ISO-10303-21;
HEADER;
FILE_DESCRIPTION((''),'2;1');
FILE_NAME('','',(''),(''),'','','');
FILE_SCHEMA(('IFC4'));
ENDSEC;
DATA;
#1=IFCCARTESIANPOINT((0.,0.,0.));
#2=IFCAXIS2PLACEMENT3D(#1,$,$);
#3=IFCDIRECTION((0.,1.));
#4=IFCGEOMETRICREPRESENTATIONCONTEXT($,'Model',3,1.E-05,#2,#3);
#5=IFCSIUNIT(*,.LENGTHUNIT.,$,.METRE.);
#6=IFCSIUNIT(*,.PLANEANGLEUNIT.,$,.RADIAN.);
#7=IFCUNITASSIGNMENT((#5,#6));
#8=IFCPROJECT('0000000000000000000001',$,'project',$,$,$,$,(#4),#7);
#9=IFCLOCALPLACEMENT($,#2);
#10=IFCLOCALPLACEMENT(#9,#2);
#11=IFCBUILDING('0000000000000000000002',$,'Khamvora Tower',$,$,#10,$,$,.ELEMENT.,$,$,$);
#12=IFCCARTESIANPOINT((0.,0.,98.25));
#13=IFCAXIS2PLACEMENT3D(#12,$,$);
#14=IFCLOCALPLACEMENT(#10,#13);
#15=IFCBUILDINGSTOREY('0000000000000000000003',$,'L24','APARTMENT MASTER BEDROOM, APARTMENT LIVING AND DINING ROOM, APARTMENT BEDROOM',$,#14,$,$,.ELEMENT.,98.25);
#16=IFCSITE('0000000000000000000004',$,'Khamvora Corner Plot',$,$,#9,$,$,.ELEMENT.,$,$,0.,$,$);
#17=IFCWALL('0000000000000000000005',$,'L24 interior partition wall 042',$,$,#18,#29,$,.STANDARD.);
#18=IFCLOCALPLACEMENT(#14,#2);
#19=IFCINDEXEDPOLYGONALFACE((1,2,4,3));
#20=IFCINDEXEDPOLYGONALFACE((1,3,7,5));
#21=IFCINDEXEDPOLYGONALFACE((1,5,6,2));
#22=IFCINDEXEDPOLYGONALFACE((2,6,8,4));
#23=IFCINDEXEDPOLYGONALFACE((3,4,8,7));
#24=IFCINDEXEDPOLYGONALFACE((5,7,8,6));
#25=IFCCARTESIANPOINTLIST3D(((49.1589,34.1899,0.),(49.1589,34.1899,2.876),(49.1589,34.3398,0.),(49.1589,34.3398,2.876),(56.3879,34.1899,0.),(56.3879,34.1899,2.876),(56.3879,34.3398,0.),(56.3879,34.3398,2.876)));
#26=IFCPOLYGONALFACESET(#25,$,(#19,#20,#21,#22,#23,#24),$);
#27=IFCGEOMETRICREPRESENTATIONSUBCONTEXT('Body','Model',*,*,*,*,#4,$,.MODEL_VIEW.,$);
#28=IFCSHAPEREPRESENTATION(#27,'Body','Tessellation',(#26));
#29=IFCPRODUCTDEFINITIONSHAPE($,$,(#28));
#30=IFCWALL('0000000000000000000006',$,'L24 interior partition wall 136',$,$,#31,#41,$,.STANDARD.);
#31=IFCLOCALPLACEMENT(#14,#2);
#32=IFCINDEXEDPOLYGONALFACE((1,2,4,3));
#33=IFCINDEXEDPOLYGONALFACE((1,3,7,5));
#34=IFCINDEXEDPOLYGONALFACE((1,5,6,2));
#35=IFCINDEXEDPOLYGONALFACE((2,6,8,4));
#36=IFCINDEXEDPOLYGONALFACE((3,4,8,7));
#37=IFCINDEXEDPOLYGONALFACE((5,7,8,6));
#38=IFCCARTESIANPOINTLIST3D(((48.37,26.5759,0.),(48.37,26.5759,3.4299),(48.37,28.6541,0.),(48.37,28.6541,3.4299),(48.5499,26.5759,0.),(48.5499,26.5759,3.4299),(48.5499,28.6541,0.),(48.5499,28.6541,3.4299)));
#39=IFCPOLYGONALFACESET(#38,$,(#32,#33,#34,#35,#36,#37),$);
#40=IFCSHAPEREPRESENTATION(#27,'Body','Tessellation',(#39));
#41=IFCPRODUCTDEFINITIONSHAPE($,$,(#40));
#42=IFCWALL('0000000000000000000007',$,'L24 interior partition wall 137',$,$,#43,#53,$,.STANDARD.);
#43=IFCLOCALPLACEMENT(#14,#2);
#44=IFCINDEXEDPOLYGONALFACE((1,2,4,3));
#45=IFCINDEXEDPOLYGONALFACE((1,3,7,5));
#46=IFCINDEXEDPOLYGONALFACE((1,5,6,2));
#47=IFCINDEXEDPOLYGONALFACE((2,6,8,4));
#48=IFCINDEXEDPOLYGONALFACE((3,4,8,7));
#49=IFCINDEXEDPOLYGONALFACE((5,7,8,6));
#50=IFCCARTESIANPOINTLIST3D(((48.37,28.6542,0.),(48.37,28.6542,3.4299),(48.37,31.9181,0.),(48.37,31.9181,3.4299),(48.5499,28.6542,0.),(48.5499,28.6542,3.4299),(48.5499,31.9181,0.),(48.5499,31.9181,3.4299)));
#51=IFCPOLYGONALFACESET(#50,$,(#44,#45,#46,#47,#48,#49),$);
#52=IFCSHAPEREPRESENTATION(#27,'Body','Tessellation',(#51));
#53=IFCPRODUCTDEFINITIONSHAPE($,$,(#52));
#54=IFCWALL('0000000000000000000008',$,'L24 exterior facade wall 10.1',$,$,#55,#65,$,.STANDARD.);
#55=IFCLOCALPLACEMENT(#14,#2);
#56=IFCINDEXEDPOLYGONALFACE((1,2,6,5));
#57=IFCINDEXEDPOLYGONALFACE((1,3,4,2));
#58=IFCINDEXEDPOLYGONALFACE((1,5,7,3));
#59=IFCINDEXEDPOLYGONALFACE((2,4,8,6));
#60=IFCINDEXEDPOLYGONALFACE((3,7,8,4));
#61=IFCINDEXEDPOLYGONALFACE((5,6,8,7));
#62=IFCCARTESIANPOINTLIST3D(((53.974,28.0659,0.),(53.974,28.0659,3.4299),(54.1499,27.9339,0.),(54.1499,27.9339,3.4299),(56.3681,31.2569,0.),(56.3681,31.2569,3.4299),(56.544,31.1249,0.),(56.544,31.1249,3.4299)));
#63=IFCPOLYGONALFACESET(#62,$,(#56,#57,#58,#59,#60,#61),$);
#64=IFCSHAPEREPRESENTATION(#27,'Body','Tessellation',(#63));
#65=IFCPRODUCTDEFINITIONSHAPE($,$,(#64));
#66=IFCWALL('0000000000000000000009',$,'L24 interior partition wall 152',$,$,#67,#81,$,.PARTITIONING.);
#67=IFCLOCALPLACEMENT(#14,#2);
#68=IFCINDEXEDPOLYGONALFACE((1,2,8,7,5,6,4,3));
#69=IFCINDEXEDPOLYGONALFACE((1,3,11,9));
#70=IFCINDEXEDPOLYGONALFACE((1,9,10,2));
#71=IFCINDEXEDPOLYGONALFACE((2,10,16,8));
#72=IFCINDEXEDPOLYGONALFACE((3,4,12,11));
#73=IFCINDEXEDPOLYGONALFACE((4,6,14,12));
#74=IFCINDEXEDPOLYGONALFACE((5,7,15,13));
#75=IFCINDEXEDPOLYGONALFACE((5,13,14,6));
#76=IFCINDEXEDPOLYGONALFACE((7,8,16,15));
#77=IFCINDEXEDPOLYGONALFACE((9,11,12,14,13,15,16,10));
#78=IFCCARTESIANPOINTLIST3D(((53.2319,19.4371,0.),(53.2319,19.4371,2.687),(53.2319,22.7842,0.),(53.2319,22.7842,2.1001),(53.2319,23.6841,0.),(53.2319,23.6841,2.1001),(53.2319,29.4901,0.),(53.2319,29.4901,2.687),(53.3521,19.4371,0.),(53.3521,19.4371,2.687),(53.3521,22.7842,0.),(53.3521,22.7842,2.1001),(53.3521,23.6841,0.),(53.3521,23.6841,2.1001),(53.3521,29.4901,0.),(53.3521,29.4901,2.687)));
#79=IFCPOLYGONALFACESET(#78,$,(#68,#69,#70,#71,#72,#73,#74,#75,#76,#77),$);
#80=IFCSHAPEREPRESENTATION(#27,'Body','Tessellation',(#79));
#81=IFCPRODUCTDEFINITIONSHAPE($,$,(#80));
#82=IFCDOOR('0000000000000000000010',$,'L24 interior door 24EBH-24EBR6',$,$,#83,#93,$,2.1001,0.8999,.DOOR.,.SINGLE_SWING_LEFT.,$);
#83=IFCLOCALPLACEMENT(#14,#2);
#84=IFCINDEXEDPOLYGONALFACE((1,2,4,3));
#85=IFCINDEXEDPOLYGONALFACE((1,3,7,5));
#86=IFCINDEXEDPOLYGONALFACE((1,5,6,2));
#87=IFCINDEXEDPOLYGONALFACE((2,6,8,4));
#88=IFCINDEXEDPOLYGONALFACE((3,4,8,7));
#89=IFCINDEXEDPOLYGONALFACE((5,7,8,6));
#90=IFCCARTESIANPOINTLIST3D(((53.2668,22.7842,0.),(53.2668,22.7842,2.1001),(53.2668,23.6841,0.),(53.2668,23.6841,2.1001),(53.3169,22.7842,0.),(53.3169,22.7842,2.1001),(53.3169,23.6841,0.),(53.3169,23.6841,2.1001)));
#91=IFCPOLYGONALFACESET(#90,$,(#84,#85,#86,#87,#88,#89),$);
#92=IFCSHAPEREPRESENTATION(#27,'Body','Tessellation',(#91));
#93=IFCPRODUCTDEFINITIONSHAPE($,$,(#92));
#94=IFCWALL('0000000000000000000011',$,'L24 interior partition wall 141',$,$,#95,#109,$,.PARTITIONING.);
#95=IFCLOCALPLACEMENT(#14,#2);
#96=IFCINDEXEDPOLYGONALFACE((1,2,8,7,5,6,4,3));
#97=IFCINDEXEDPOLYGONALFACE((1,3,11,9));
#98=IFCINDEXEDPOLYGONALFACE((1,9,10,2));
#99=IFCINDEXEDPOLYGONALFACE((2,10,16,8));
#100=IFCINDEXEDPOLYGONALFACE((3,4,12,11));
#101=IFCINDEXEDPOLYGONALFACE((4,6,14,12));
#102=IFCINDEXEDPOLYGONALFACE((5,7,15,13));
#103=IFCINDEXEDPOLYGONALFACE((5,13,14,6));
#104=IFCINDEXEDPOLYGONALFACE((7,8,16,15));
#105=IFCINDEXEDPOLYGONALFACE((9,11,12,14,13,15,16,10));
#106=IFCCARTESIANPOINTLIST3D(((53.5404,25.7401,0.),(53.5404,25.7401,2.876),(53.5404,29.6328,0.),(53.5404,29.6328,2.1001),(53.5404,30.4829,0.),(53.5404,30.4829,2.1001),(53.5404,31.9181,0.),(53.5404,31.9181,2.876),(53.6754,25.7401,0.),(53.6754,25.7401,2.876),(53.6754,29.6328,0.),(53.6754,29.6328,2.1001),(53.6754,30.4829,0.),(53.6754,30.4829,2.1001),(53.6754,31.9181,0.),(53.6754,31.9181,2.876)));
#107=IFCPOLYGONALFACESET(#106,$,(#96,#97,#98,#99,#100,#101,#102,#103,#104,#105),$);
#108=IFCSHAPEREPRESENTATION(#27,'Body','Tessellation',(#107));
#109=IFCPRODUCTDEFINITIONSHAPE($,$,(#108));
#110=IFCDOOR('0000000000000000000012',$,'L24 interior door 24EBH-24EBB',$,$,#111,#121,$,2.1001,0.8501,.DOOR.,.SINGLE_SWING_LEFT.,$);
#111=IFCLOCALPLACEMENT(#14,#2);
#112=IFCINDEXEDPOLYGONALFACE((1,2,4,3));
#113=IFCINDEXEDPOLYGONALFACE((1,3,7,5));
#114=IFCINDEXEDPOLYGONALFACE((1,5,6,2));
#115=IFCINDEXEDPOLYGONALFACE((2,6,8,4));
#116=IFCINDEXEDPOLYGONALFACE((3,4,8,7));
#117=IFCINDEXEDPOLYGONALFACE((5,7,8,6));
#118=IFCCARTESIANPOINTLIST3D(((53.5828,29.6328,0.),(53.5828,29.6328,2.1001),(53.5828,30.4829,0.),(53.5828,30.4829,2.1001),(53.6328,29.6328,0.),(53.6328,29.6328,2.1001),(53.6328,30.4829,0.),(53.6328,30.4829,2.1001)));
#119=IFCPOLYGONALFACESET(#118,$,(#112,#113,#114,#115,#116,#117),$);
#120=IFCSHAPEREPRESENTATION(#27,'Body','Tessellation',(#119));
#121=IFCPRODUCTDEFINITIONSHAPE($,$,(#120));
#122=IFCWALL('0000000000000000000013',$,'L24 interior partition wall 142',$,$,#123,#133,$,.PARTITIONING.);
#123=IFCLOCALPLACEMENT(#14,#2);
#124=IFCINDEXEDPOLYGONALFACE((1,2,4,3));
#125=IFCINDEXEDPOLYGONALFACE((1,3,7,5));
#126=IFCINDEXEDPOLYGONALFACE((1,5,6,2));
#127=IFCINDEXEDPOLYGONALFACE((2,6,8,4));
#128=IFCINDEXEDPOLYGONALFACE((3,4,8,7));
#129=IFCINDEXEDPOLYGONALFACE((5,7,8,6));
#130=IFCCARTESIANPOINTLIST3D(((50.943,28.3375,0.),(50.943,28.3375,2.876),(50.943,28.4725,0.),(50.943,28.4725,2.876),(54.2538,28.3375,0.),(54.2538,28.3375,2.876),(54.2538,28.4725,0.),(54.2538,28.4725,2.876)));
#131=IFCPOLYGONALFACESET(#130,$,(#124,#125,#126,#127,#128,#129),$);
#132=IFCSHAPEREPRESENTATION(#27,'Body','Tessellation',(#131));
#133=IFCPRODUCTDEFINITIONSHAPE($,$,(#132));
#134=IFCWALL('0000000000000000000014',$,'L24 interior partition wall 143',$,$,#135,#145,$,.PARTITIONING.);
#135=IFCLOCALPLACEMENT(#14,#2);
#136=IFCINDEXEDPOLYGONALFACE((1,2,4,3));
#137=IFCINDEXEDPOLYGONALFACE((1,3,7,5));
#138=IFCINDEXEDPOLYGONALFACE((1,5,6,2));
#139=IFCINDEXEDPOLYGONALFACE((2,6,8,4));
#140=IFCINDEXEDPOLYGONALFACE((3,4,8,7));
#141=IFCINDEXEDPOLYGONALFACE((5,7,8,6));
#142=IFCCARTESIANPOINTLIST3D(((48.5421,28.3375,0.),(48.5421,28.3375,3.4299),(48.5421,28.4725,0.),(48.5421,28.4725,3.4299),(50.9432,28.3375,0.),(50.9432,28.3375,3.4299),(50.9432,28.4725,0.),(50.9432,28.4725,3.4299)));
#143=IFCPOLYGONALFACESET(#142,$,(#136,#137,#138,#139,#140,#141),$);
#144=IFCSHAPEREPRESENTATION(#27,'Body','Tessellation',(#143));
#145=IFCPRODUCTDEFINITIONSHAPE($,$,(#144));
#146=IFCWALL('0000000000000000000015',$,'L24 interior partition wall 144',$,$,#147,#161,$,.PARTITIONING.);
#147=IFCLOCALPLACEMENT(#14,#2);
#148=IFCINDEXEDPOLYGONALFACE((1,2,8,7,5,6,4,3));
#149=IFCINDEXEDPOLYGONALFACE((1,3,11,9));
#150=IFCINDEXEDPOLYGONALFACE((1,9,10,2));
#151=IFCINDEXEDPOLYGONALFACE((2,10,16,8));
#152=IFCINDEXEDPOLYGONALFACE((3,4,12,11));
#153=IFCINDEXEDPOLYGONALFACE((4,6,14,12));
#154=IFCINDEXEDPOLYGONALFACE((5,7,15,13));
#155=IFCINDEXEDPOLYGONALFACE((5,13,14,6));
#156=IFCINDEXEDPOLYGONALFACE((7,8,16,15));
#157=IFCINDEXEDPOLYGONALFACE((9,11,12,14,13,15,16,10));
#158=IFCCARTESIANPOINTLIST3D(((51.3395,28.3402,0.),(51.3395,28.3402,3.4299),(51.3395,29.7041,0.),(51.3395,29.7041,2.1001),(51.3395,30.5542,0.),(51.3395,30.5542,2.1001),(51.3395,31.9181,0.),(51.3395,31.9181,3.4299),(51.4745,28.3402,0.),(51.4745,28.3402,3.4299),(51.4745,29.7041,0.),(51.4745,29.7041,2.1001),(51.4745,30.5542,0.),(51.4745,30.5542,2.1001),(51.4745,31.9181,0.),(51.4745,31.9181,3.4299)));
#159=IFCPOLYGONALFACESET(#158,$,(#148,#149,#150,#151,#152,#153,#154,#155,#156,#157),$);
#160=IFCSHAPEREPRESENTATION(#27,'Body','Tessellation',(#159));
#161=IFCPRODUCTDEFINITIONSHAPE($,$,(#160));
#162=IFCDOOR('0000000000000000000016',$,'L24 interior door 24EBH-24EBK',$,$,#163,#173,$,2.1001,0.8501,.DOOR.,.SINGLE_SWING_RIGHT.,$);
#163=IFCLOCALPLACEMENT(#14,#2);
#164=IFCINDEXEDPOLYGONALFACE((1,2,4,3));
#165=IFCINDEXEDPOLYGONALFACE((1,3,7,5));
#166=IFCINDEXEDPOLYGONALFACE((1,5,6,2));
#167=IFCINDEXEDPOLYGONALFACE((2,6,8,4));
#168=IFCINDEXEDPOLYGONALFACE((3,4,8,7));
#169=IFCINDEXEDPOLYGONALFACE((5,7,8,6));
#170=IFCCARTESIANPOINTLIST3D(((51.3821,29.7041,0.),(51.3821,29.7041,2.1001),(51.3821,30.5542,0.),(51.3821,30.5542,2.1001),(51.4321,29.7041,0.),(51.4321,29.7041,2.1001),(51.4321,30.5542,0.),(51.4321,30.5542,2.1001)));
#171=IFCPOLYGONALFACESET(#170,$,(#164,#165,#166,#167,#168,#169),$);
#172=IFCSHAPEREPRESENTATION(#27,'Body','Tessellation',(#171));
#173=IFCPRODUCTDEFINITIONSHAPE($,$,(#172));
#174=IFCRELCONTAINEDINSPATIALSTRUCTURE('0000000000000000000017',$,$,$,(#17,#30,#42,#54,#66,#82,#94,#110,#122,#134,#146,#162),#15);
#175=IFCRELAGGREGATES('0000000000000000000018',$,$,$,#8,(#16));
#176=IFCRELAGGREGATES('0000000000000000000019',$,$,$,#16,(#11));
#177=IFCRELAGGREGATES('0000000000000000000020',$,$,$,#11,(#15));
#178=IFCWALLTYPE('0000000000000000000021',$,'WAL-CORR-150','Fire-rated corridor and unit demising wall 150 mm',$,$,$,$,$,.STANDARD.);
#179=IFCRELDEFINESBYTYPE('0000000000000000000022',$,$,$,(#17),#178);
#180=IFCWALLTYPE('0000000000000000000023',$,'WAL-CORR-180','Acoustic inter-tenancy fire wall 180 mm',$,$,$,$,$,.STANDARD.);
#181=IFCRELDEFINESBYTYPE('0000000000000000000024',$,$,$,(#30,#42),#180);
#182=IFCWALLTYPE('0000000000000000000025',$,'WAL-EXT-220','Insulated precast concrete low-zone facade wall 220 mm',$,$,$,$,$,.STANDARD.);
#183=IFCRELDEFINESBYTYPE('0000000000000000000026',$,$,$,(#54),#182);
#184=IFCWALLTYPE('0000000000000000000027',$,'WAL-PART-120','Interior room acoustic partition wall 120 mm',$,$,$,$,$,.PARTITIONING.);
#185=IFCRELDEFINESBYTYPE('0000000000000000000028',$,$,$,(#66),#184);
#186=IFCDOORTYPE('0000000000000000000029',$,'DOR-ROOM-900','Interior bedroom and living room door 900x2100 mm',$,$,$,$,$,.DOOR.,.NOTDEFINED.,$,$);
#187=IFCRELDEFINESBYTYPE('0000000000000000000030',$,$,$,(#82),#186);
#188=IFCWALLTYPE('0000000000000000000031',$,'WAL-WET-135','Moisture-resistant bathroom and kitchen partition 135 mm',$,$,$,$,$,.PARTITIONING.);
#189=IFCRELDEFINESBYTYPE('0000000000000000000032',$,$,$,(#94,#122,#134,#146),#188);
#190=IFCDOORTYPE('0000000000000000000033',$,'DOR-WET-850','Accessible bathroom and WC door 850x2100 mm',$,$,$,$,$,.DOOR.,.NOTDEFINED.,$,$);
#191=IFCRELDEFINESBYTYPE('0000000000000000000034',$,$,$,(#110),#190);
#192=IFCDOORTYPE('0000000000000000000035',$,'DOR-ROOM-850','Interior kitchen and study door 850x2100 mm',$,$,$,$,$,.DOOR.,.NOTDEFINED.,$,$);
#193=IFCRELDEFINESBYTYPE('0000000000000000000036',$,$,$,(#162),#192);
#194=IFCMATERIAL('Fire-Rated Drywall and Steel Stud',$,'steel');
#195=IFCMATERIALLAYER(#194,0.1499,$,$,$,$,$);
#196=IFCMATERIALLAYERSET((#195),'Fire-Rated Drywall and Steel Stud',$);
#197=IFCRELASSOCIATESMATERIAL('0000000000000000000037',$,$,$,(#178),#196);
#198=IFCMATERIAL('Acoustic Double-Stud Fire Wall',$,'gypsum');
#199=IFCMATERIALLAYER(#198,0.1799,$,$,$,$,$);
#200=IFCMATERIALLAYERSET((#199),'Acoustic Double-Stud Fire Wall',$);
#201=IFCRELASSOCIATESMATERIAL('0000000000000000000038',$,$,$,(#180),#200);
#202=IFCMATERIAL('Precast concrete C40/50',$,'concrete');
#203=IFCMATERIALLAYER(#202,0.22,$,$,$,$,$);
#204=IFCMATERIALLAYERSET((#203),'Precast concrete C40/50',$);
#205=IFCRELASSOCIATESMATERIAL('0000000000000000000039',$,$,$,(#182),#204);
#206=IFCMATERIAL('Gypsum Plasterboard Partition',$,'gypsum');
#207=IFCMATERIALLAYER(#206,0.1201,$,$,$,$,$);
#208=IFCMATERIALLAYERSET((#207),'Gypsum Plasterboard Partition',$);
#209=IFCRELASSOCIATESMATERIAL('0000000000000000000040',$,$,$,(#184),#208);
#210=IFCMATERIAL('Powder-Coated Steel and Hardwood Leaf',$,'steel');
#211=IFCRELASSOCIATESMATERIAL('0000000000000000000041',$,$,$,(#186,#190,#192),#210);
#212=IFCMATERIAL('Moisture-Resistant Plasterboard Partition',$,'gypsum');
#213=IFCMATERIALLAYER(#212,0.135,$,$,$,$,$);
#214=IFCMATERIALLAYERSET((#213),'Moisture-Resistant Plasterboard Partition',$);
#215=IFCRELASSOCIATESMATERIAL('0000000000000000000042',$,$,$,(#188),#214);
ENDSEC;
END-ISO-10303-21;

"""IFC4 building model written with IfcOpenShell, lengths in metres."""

from ifc_helpers import new_model, si_unit, direction, frame, frame_2d, origin, place, context, subcontext, project, spatial, rectangle, extrude, material, layer, layer_set, type_object, element, fill, save


model = new_model("IFC4")

# Units and contexts
model_context = context("Model", 3, precision=1e-05, world=origin(), true_north=direction((0.0, 1.0)))
body_context = subcontext(model_context, "Body", "Model", "MODEL_VIEW")
ifc_project = project(units=[si_unit("LENGTHUNIT", "METRE"), si_unit("PLANEANGLEUNIT", "RADIAN")], contexts=[model_context])

# Site, building, storey
site_placement = place(None, origin())
site = spatial("IfcSite", under=ifc_project, at=site_placement, Name="Khamvora Corner Plot", CompositionType="ELEMENT", RefElevation=0.0)
building_placement = place(site_placement, origin())
building = spatial("IfcBuilding", under=site, at=building_placement, Name="Khamvora Tower", CompositionType="ELEMENT")
storey_placement = place(building_placement, frame((0.0, 0.0, 98.25)))
storey = spatial("IfcBuildingStorey", under=building, at=storey_placement, Name="L24", Description="APARTMENT MASTER BEDROOM, APARTMENT LIVING AND DINING ROOM, APARTMENT BEDROOM", CompositionType="ELEMENT", Elevation=98.25)

# Shared definitions
ifc_material_1 = material(Name="Fire-Rated Drywall and Steel Stud", Category="steel")
ifc_layer_1 = layer(ifc_material_1, 0.1499)
ifc_layer_set_1 = layer_set([ifc_layer_1], Name="Fire-Rated Drywall and Steel Stud")
wall_type_1 = type_object("IfcWallType", Name="WAL-CORR-150", Description="Fire-rated corridor and unit demising wall 150 mm", PredefinedType="STANDARD", material=ifc_layer_set_1)

# Shared definitions
ifc_material_2 = material(Name="Powder-Coated Steel and Hardwood Leaf", Category="steel")

# Walls
wall_1_placement = place(storey_placement, frame((49.1589, 34.2649, 0.0), z_axis=(0.0, 0.0, 1.0), x_axis=(1.0, 0.0, 0.0)))
element("IfcWall", 1, at=wall_1_placement, inside=storey, type_object=wall_type_1, Name="L24 interior partition wall 042", PredefinedType="STANDARD", context=body_context, shape_type="SweptSolid", body=[
    extrude(rectangle(XDim=7.229, YDim=0.1499, at=frame_2d((3.6145, 0.0))), origin(), (0.0, 0.0, 1.0), 2.876),
])
ifc_material_3 = material(Name="Acoustic Double-Stud Fire Wall", Category="gypsum")
ifc_layer_2 = layer(ifc_material_3, 0.1799)
ifc_layer_set_2 = layer_set([ifc_layer_2], Name="Acoustic Double-Stud Fire Wall")
wall_type_2 = type_object("IfcWallType", Name="WAL-CORR-180", Description="Acoustic inter-tenancy fire wall 180 mm", PredefinedType="STANDARD", material=ifc_layer_set_2)
wall_2_placement = place(storey_placement, frame((48.46, 28.6541, 0.0), z_axis=(0.0, 0.0, 1.0), x_axis=(0.0, -1.0, 0.0)))
element("IfcWall", 2, at=wall_2_placement, inside=storey, type_object=wall_type_2, Name="L24 interior partition wall 136", PredefinedType="STANDARD", context=body_context, shape_type="SweptSolid", body=[
    extrude(rectangle(XDim=2.0781, YDim=0.1799, at=frame_2d((1.0391, 0.0))), origin(), (0.0, 0.0, 1.0), 3.4299),
])
wall_3_placement = place(storey_placement, frame((48.46, 31.918, 0.0), z_axis=(0.0, 0.0, 1.0), x_axis=(0.0, -1.0, 0.0)))
element("IfcWall", 3, at=wall_3_placement, inside=storey, type_object=wall_type_2, Name="L24 interior partition wall 137", PredefinedType="STANDARD", context=body_context, shape_type="SweptSolid", body=[
    extrude(rectangle(XDim=3.2639, YDim=0.1799, at=frame_2d((1.6318, 0.0))), origin(), (0.0, 0.0, 1.0), 3.4299),
])
ifc_material_4 = material(Name="Precast concrete C40/50", Category="concrete")
ifc_layer_3 = layer(ifc_material_4, 0.22)
ifc_layer_set_3 = layer_set([ifc_layer_3], Name="Precast concrete C40/50")
wall_type_3 = type_object("IfcWallType", Name="WAL-EXT-220", Description="Insulated precast concrete low-zone facade wall 220 mm", PredefinedType="STANDARD", material=ifc_layer_set_3)
wall_4_placement = place(storey_placement, frame((56.4561, 31.1909, 0.0), z_axis=(0.0, 0.0, 1.0), x_axis=(-0.600137, -0.799897, 0.0)))
element("IfcWall", 4, at=wall_4_placement, inside=storey, type_object=wall_type_3, Name="L24 exterior facade wall 10.1", PredefinedType="STANDARD", context=body_context, shape_type="SweptSolid", body=[
    extrude(rectangle(XDim=3.9893, YDim=0.22, at=frame_2d((1.9946, 0.0))), origin(), (0.0, 0.0, 1.0), 3.4299),
])

# Walls, openings, doors
ifc_material_5 = material(Name="Gypsum Plasterboard Partition", Category="gypsum")
ifc_layer_4 = layer(ifc_material_5, 0.1201)
ifc_layer_set_4 = layer_set([ifc_layer_4], Name="Gypsum Plasterboard Partition")
wall_type_4 = type_object("IfcWallType", Name="WAL-PART-120", Description="Interior room acoustic partition wall 120 mm", PredefinedType="PARTITIONING", material=ifc_layer_set_4)
wall_5_placement = place(storey_placement, frame((53.292, 29.49, 0.0), z_axis=(0.0, 0.0, 1.0), x_axis=(0.0, -1.0, 0.0)))
wall_5 = element("IfcWall", 5, at=wall_5_placement, inside=storey, type_object=wall_type_4, Name="L24 interior partition wall 152", PredefinedType="PARTITIONING", context=body_context, shape_type="SweptSolid", body=[
    extrude(rectangle(XDim=10.053, YDim=0.1201, at=frame_2d((5.0264, 0.0))), origin(), (0.0, 0.0, 1.0), 2.687),
])
opening_1_placement = place(wall_5_placement, frame((5.8059, 0.0, 0.0)))
opening_1 = element("IfcOpeningElement", 6, at=opening_1_placement, cuts=wall_5, PredefinedType="OPENING", context=body_context, shape_type="SweptSolid", body=[
    extrude(rectangle(XDim=0.8999, YDim=2.1001, at=frame_2d((0.45, 1.05))), frame((0.0, 0.0701, 0.0), z_axis=(0.0, -1.0, 0.0), x_axis=(1.0, 0.0, 0.0)), (0.0, 0.0, 1.0), 0.1401),
])
door_type_1 = type_object("IfcDoorType", Name="DOR-ROOM-900", Description="Interior bedroom and living room door 900x2100 mm", OperationType="NOTDEFINED", PredefinedType="DOOR", material=ifc_material_2)
door_1_placement = place(opening_1_placement, origin())
door_1 = element("IfcDoor", 7, at=door_1_placement, inside=storey, type_object=door_type_1, Name="L24 interior door 24EBH-24EBR6", OperationType="SINGLE_SWING_LEFT", OverallHeight=2.1001, OverallWidth=0.8999, PredefinedType="DOOR", context=body_context, shape_type="SweptSolid", body=[
    extrude(rectangle(XDim=0.8999, YDim=2.1001, at=frame_2d((0.45, 1.05))), frame((0.0, 0.0249, 0.0), z_axis=(0.0, -1.0, 0.0), x_axis=(1.0, 0.0, 0.0)), (0.0, 0.0, 1.0), 0.05),
])
fill(opening_1, door_1)
ifc_material_6 = material(Name="Moisture-Resistant Plasterboard Partition", Category="gypsum")
ifc_layer_5 = layer(ifc_material_6, 0.135)
ifc_layer_set_5 = layer_set([ifc_layer_5], Name="Moisture-Resistant Plasterboard Partition")
wall_type_5 = type_object("IfcWallType", Name="WAL-WET-135", Description="Moisture-resistant bathroom and kitchen partition 135 mm", PredefinedType="PARTITIONING", material=ifc_layer_set_5)
wall_6_placement = place(storey_placement, frame((53.6079, 31.918, 0.0), z_axis=(0.0, 0.0, 1.0), x_axis=(0.0, -1.0, 0.0)))
wall_6 = element("IfcWall", 8, at=wall_6_placement, inside=storey, type_object=wall_type_5, Name="L24 interior partition wall 141", PredefinedType="PARTITIONING", context=body_context, shape_type="SweptSolid", body=[
    extrude(rectangle(XDim=6.178, YDim=0.135, at=frame_2d((3.0889, 0.0))), origin(), (0.0, 0.0, 1.0), 2.876),
])
opening_2_placement = place(wall_6_placement, frame((1.4351, 0.0, 0.0)))
opening_2 = element("IfcOpeningElement", 9, at=opening_2_placement, cuts=wall_6, PredefinedType="OPENING", context=body_context, shape_type="SweptSolid", body=[
    extrude(rectangle(XDim=0.8501, YDim=2.1001, at=frame_2d((0.425, 1.05))), frame((0.0, 0.0774, 0.0), z_axis=(0.0, -1.0, 0.0), x_axis=(1.0, 0.0, 0.0)), (0.0, 0.0, 1.0), 0.155),
])
door_type_2 = type_object("IfcDoorType", Name="DOR-WET-850", Description="Accessible bathroom and WC door 850x2100 mm", OperationType="NOTDEFINED", PredefinedType="DOOR", material=ifc_material_2)
door_2_placement = place(opening_2_placement, origin())
door_2 = element("IfcDoor", 10, at=door_2_placement, inside=storey, type_object=door_type_2, Name="L24 interior door 24EBH-24EBB", OperationType="SINGLE_SWING_LEFT", OverallHeight=2.1001, OverallWidth=0.8501, PredefinedType="DOOR", context=body_context, shape_type="SweptSolid", body=[
    extrude(rectangle(XDim=0.8501, YDim=2.1001, at=frame_2d((0.425, 1.05))), frame((0.0, 0.0249, 0.0), z_axis=(0.0, -1.0, 0.0), x_axis=(1.0, 0.0, 0.0)), (0.0, 0.0, 1.0), 0.05),
])
fill(opening_2, door_2)

# Walls
wall_7_placement = place(storey_placement, frame((50.9431, 28.405, 0.0), z_axis=(0.0, 0.0, 1.0), x_axis=(1.0, 0.0, 0.0)))
element("IfcWall", 11, at=wall_7_placement, inside=storey, type_object=wall_type_5, Name="L24 interior partition wall 142", PredefinedType="PARTITIONING", context=body_context, shape_type="SweptSolid", body=[
    extrude(rectangle(XDim=3.3108, YDim=0.135, at=frame_2d((1.6553, 0.0))), origin(), (0.0, 0.0, 1.0), 2.876),
])
wall_8_placement = place(storey_placement, frame((48.542, 28.405, 0.0), z_axis=(0.0, 0.0, 1.0), x_axis=(1.0, 0.0, 0.0)))
element("IfcWall", 12, at=wall_8_placement, inside=storey, type_object=wall_type_5, Name="L24 interior partition wall 143", PredefinedType="PARTITIONING", context=body_context, shape_type="SweptSolid", body=[
    extrude(rectangle(XDim=2.4011, YDim=0.135, at=frame_2d((1.2007, 0.0))), origin(), (0.0, 0.0, 1.0), 3.4299),
])

# Wall, opening, door
wall_9_placement = place(storey_placement, frame((51.407, 28.3401, 0.0), z_axis=(0.0, 0.0, 1.0), x_axis=(0.0, 1.0, 0.0)))
wall_9 = element("IfcWall", 13, at=wall_9_placement, inside=storey, type_object=wall_type_5, Name="L24 interior partition wall 144", PredefinedType="PARTITIONING", context=body_context, shape_type="SweptSolid", body=[
    extrude(rectangle(XDim=3.5779, YDim=0.135, at=frame_2d((1.7891, 0.0))), origin(), (0.0, 0.0, 1.0), 3.4299),
])
opening_3_placement = place(wall_9_placement, frame((1.364, 0.0, 0.0)))
opening_3 = element("IfcOpeningElement", 14, at=opening_3_placement, cuts=wall_9, PredefinedType="OPENING", context=body_context, shape_type="SweptSolid", body=[
    extrude(rectangle(XDim=0.8501, YDim=2.1001, at=frame_2d((0.425, 1.05))), frame((0.0, 0.0774, 0.0), z_axis=(0.0, -1.0, 0.0), x_axis=(1.0, 0.0, 0.0)), (0.0, 0.0, 1.0), 0.155),
])
door_type_3 = type_object("IfcDoorType", Name="DOR-ROOM-850", Description="Interior kitchen and study door 850x2100 mm", OperationType="NOTDEFINED", PredefinedType="DOOR", material=ifc_material_2)
door_3_placement = place(opening_3_placement, origin())
door_3 = element("IfcDoor", 15, at=door_3_placement, inside=storey, type_object=door_type_3, Name="L24 interior door 24EBH-24EBK", OperationType="SINGLE_SWING_RIGHT", OverallHeight=2.1001, OverallWidth=0.8501, PredefinedType="DOOR", context=body_context, shape_type="SweptSolid", body=[
    extrude(rectangle(XDim=0.8501, YDim=2.1001, at=frame_2d((0.425, 1.05))), frame((0.0, 0.0249, 0.0), z_axis=(0.0, -1.0, 0.0), x_axis=(1.0, 0.0, 0.0)), (0.0, 0.0, 1.0), 0.05),
])
fill(opening_3, door_3)

save(model, "model.ifc")
